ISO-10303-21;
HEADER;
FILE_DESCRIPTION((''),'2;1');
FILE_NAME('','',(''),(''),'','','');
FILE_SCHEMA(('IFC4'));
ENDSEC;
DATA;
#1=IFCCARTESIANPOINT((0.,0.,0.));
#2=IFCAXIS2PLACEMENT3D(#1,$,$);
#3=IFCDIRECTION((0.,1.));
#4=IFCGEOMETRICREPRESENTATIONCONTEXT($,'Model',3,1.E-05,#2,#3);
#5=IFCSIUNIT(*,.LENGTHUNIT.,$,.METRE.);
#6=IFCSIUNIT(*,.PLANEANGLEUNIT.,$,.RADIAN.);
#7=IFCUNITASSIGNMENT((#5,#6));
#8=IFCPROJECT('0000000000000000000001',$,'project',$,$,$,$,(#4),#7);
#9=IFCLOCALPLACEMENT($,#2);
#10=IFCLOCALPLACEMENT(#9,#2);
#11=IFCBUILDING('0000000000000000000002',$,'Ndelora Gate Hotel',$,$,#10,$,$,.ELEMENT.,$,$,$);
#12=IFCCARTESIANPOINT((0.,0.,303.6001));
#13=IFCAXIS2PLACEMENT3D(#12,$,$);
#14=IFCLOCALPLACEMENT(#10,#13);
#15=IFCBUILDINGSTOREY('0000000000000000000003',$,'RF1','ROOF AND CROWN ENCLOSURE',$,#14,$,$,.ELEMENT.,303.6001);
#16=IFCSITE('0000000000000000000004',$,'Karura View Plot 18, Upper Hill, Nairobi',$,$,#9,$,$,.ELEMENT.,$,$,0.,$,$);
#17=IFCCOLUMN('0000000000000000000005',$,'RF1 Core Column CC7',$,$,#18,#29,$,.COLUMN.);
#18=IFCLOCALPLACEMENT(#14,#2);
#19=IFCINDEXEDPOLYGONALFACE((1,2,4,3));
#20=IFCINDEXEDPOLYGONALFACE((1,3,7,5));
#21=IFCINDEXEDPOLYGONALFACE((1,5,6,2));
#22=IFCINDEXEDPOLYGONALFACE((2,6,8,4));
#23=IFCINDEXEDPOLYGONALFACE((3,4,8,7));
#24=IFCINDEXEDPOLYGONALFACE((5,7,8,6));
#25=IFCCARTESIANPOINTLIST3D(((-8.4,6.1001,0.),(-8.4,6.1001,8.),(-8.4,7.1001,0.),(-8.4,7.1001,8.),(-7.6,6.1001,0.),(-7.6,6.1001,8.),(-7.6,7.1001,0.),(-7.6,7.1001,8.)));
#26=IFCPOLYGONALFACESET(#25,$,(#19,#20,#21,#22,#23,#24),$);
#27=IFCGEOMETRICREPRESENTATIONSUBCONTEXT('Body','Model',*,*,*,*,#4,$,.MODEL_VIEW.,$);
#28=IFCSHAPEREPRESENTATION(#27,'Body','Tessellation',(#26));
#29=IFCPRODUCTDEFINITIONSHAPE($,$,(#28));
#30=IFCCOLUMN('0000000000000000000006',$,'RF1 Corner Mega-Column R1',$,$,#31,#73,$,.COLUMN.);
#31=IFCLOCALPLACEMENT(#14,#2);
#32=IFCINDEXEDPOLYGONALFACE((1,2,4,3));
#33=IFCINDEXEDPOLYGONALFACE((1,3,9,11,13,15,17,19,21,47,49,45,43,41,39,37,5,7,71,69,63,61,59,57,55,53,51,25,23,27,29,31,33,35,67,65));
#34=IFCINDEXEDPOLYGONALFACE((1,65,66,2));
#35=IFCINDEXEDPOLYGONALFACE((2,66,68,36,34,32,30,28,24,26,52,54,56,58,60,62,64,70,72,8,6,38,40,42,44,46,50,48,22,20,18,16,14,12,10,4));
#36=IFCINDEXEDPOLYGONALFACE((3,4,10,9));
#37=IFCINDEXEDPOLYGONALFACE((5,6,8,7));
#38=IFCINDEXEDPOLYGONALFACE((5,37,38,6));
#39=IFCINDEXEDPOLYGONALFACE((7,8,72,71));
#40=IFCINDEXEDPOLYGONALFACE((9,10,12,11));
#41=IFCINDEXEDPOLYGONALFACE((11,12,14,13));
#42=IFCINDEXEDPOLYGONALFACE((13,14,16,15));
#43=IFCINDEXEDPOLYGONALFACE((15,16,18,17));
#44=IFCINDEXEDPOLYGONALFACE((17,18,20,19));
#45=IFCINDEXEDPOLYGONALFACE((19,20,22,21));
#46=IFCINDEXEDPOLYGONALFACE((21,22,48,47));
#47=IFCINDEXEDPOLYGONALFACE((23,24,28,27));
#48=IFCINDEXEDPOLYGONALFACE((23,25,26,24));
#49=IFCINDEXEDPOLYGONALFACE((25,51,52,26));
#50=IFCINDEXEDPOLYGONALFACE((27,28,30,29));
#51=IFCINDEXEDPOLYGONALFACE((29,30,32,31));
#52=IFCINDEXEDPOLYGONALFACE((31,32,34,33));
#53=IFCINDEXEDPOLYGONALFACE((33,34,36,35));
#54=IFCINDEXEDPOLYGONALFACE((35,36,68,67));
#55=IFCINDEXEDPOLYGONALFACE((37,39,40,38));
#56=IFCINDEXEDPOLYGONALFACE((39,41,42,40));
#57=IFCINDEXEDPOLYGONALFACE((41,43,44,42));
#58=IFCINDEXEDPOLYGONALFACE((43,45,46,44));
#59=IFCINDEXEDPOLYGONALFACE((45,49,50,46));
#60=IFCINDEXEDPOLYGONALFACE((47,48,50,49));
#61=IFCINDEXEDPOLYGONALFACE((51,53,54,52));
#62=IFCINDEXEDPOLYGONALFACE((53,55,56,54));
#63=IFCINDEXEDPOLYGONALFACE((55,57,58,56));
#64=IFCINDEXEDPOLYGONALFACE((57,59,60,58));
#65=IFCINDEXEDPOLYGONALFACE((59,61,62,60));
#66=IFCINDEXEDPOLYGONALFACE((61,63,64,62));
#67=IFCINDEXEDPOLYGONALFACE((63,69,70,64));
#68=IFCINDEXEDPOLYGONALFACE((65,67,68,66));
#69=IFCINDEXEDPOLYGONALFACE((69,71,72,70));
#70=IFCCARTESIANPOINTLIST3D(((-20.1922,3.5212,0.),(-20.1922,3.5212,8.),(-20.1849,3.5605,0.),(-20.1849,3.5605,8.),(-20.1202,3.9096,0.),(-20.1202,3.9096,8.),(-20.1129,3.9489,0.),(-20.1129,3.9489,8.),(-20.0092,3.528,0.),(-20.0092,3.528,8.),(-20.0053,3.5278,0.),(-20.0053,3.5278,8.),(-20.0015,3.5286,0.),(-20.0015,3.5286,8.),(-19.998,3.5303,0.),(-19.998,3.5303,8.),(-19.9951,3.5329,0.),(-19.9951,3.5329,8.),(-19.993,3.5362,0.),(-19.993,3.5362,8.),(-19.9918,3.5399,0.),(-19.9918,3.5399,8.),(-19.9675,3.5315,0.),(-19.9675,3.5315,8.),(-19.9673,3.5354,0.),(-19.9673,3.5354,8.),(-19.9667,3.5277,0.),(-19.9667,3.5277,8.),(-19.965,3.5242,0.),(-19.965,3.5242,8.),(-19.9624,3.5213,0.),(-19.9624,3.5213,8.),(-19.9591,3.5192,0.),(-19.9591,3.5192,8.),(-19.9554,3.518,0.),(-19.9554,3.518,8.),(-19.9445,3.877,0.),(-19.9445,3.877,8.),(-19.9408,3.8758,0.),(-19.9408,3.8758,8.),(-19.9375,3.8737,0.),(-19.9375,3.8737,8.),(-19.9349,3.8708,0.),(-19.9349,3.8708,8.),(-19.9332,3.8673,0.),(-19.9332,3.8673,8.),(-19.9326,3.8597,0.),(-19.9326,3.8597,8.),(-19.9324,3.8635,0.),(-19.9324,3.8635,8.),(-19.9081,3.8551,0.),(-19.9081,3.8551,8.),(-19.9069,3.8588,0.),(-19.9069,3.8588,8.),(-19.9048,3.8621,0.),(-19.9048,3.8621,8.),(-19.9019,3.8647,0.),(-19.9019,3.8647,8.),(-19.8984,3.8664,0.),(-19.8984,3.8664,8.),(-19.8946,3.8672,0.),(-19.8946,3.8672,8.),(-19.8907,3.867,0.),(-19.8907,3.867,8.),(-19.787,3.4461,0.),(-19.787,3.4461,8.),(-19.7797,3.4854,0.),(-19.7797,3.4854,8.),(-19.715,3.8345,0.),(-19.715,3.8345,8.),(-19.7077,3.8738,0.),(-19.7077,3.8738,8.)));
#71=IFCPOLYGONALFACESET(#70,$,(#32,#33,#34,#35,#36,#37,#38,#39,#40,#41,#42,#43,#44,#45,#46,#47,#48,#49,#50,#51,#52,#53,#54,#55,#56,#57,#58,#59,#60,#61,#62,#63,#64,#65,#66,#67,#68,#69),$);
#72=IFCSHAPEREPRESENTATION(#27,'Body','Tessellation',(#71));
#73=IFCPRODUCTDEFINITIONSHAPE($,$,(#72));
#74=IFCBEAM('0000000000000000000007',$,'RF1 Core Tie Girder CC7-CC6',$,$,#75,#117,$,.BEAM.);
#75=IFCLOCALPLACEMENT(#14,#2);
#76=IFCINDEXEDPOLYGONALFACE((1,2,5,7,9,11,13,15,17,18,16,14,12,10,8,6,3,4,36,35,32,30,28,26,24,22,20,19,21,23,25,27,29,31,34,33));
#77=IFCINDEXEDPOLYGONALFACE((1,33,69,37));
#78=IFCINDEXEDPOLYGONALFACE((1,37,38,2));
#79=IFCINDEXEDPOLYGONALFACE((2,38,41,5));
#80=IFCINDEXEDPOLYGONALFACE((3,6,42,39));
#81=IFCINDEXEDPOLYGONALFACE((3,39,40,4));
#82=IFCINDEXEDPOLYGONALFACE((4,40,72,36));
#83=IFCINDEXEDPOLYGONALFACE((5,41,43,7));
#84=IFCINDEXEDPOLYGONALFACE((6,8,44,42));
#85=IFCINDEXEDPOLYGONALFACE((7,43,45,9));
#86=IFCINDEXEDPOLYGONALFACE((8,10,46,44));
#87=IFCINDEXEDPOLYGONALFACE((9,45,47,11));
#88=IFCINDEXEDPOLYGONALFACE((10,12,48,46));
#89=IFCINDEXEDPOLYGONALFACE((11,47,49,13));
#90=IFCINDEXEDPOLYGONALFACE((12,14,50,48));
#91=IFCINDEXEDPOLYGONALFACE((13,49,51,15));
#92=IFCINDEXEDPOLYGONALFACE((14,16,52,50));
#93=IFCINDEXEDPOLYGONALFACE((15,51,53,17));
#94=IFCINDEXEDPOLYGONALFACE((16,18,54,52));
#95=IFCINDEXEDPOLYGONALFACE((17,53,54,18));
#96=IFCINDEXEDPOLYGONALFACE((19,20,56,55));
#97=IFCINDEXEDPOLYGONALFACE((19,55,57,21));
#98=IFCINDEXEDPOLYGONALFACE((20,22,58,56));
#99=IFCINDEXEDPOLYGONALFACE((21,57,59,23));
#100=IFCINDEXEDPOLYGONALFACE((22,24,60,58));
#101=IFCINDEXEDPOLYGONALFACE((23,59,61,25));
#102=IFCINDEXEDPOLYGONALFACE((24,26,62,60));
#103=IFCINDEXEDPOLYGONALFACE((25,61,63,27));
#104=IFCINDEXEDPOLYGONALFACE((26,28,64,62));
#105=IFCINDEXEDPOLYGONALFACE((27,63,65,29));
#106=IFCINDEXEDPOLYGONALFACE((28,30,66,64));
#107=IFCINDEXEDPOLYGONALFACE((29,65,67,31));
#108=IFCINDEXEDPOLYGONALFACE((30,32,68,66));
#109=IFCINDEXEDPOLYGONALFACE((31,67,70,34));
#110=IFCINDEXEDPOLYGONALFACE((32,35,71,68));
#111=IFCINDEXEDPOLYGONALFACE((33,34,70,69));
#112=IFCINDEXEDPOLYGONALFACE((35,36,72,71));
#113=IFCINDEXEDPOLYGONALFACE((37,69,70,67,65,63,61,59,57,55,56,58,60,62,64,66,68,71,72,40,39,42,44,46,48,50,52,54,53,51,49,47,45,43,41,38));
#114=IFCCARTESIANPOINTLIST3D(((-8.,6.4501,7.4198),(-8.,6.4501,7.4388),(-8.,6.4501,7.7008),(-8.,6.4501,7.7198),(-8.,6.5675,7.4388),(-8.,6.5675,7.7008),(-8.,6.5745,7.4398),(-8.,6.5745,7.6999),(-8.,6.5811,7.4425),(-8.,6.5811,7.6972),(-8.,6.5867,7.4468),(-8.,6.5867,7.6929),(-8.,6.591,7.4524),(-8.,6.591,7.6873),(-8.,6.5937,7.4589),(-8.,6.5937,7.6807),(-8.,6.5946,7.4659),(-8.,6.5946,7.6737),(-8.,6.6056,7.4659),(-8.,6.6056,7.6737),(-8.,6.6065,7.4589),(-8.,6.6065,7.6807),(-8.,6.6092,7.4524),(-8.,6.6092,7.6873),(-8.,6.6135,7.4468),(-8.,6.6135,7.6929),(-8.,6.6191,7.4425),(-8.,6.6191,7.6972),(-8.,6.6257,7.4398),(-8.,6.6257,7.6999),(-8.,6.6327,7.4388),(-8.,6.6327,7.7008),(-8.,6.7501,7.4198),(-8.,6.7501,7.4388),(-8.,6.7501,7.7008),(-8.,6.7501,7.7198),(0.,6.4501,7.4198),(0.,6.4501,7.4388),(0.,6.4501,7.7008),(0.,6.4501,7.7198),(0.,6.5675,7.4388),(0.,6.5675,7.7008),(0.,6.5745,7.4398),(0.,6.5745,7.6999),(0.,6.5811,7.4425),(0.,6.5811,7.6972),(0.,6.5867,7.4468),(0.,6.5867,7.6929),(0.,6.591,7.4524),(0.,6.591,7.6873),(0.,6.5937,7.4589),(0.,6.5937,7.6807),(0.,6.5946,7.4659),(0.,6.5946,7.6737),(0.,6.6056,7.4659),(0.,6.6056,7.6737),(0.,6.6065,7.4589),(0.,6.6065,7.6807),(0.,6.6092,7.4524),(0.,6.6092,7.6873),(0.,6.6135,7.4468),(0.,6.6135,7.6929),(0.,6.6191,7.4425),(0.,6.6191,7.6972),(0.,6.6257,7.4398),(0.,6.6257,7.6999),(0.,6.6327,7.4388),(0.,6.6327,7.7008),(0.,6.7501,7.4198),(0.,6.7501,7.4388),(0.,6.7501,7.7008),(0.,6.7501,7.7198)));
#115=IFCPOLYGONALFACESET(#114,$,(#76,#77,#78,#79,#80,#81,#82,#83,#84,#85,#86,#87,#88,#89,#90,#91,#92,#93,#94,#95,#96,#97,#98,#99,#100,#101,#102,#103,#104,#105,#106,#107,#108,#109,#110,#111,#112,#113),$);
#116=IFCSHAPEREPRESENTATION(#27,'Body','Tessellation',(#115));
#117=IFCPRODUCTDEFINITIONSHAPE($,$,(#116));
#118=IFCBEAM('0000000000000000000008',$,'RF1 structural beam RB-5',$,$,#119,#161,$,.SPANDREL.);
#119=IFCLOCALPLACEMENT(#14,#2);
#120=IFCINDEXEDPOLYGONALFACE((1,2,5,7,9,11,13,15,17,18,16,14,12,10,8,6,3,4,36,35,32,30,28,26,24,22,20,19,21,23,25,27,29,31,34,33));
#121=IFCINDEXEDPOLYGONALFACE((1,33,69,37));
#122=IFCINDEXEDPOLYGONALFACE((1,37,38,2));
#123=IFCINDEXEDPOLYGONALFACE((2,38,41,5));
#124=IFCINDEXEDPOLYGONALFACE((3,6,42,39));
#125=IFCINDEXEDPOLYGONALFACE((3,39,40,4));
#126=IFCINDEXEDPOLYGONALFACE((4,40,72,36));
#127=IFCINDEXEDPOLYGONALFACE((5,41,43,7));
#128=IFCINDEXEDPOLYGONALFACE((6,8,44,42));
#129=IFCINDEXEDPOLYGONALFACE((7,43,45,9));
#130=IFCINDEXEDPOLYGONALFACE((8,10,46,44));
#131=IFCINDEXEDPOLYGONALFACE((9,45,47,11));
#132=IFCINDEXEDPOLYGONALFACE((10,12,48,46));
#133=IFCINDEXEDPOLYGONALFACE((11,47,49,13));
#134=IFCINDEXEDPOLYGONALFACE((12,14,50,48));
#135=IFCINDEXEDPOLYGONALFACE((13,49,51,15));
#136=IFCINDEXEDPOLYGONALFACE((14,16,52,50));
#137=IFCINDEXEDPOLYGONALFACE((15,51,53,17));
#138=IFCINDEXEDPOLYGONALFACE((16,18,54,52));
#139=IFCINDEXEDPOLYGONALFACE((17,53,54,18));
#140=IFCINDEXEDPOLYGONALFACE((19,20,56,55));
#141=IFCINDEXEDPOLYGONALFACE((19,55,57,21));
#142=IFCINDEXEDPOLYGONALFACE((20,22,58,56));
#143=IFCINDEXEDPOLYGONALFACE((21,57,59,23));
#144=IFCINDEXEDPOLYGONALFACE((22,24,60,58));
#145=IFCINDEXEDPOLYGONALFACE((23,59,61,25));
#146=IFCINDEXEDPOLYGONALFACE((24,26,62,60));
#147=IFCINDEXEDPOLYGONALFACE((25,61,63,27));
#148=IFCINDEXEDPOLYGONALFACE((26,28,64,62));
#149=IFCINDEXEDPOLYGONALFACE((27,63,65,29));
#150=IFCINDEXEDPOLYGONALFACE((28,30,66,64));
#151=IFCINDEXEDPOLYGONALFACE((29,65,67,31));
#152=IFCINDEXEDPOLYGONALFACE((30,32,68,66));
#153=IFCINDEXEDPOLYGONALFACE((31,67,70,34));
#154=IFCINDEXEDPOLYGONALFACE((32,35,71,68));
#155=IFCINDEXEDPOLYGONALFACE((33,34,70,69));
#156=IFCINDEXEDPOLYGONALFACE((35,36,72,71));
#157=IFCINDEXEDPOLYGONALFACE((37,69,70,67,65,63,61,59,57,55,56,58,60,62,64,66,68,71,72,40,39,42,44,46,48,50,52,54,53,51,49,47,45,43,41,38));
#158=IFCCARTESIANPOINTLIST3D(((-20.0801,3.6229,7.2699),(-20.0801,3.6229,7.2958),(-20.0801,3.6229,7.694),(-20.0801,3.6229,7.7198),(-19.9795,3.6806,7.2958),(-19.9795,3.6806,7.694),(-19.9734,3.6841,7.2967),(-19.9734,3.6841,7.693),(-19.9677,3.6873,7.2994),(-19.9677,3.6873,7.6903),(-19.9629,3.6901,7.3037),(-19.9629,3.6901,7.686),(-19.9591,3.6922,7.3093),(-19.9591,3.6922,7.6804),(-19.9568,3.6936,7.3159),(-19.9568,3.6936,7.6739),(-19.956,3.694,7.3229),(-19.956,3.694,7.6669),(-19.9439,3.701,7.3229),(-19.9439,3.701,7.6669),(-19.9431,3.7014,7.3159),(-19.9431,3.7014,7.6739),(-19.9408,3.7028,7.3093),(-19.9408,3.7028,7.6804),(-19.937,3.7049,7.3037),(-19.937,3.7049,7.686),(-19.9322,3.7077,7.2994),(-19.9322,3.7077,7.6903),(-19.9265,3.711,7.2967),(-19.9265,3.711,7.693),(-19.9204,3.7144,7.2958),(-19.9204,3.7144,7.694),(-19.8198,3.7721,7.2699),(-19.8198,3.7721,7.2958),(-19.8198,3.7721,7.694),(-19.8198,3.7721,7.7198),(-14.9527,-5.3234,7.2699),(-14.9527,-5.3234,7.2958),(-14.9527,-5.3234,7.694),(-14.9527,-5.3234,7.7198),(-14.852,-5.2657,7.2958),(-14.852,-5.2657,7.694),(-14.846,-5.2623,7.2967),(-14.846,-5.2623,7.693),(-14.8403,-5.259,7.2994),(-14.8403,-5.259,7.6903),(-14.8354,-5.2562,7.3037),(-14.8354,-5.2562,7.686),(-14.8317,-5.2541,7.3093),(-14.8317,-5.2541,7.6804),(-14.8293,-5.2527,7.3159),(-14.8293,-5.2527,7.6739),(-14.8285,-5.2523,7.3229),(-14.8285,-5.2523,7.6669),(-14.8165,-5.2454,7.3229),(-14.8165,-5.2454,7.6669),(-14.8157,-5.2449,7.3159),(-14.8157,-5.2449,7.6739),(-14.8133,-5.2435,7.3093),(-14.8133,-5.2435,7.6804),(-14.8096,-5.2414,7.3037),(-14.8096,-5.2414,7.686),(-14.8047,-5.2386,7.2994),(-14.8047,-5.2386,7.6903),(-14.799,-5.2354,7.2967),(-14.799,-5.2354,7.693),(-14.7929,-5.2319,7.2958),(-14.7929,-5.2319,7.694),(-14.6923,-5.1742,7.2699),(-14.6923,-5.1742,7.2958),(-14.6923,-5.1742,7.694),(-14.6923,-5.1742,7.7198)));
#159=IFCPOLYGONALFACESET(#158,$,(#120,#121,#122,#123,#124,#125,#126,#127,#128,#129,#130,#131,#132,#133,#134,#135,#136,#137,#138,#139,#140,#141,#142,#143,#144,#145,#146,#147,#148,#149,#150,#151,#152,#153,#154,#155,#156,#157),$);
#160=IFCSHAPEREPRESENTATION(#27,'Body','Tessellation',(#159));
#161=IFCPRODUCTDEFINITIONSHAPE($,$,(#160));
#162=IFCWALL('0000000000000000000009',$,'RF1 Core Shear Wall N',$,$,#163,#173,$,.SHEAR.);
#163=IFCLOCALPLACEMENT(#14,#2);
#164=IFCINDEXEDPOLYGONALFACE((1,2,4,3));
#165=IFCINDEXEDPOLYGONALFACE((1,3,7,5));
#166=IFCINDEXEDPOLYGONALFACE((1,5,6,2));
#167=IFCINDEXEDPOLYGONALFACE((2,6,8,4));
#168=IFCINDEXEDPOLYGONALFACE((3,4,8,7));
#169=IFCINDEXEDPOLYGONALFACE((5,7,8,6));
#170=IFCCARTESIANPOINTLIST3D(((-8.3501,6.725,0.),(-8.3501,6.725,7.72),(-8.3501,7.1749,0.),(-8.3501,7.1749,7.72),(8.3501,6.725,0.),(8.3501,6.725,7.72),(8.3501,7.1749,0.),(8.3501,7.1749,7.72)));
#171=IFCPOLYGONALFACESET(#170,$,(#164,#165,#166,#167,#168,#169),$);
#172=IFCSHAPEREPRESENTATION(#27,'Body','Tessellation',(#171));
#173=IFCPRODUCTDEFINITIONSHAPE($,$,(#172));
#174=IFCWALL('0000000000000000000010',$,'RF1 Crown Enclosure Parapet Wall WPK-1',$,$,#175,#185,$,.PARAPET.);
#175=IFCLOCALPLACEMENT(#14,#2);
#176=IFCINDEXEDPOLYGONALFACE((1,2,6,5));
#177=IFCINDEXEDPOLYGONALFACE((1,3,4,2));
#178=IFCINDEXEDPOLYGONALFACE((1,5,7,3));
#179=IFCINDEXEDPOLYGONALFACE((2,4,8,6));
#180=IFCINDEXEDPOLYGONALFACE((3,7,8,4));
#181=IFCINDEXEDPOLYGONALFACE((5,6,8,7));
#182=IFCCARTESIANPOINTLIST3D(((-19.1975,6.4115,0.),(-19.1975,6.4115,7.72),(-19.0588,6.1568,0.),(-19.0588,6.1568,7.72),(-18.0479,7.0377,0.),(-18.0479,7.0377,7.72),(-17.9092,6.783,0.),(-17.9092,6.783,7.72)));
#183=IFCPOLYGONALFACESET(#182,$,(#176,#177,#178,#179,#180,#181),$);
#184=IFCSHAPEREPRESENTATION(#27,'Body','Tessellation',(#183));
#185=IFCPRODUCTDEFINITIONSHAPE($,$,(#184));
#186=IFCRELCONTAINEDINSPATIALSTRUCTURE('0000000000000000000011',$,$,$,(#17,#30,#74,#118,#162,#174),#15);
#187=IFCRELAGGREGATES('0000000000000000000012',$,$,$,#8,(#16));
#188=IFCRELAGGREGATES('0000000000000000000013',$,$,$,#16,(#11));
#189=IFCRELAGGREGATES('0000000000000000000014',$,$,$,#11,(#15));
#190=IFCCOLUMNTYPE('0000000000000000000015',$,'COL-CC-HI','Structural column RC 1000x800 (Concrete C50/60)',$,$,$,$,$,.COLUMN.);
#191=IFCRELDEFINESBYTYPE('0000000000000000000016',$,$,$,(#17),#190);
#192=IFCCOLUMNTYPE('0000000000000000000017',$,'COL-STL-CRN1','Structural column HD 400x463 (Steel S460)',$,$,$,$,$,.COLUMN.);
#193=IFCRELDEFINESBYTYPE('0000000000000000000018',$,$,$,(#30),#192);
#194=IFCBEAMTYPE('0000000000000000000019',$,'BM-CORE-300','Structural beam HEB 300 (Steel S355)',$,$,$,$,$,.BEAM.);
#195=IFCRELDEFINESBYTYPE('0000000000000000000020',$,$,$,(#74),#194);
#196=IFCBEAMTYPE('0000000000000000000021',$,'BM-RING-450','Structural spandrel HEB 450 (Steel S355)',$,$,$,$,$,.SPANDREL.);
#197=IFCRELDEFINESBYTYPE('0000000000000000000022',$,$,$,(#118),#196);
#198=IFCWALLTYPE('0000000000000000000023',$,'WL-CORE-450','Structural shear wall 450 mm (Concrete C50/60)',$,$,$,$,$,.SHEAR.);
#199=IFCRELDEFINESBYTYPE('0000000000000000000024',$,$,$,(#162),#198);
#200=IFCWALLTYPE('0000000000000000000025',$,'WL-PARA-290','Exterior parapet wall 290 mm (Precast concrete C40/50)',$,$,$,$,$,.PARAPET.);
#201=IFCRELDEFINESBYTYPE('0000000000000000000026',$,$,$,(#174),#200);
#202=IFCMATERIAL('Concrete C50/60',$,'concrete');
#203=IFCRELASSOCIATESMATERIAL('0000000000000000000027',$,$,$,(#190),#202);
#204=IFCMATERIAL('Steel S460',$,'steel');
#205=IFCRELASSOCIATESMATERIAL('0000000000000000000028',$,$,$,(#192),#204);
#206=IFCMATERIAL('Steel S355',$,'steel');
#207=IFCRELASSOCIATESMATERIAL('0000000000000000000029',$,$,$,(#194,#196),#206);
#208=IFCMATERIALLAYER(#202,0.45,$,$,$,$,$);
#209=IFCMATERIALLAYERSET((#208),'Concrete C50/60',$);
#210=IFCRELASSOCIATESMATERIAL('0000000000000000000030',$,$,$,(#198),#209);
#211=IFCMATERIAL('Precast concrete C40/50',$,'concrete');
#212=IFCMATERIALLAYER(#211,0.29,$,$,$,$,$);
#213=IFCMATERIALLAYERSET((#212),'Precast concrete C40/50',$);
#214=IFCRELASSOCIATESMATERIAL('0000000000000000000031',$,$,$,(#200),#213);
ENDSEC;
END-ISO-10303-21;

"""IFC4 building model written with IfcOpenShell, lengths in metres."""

from ifc_helpers import new_model, si_unit, direction, frame, frame_2d, origin, origin_2d, place, context, subcontext, project, spatial, rectangle, i_section, extrude, material, layer, layer_set, material_profile, profile_set, type_object, element, save


model = new_model("IFC4")

# Units and contexts
model_context = context("Model", 3, precision=1e-05, world=origin(), true_north=direction((0.0, 1.0)))
body_context = subcontext(model_context, "Body", "Model", "MODEL_VIEW")
ifc_project = project(units=[si_unit("LENGTHUNIT", "METRE"), si_unit("PLANEANGLEUNIT", "RADIAN")], contexts=[model_context])

# Site, building, storey
site_placement = place(None, origin())
site = spatial("IfcSite", under=ifc_project, at=site_placement, Name="Karura View Plot 18, Upper Hill, Nairobi", CompositionType="ELEMENT", RefElevation=0.0)
building_placement = place(site_placement, origin())
building = spatial("IfcBuilding", under=site, at=building_placement, Name="Ndelora Gate Hotel", CompositionType="ELEMENT")
storey_placement = place(building_placement, frame((0.0, 0.0, 303.6001)))
storey = spatial("IfcBuildingStorey", under=building, at=storey_placement, Name="RF1", Description="ROOF AND CROWN ENCLOSURE", CompositionType="ELEMENT", Elevation=303.6001)

# Columns
ifc_material_1 = material(Name="Concrete C50/60", Category="concrete")
ifc_material_profile_1 = material_profile(ifc_material_1, rectangle(XDim=0.8, YDim=1.0, at=origin_2d()), Name="RC 1000x800")
ifc_profile_set_1 = profile_set([ifc_material_profile_1], Name="Concrete C50/60")
column_type_1 = type_object("IfcColumnType", Name="COL-CC-HI", Description="Structural column RC 1000x800 (Concrete C50/60)", PredefinedType="COLUMN", material=ifc_profile_set_1)
column_1_placement = place(storey_placement, frame((-8.0, 6.6001, 0.0), z_axis=(0.0, 0.0, 1.0), x_axis=(1.0, 0.0, 0.0)))
element("IfcColumn", 1, at=column_1_placement, inside=storey, type_object=column_type_1, Name="RF1 Core Column CC7", PredefinedType="COLUMN", context=body_context, shape_type="SweptSolid", body=[
    extrude(rectangle(XDim=0.8, YDim=1.0, at=origin_2d()), origin(), (0.0, 0.0, 1.0), 8.0),
])
ifc_material_2 = material(Name="Steel S460", Category="steel")
ifc_material_profile_2 = material_profile(ifc_material_2, i_section(OverallWidth=0.4121, OverallDepth=0.4351, WebThickness=0.0249, FlangeThickness=0.04, FilletRadius=0.0149, at=origin_2d()), Name="HD 400x463")
ifc_profile_set_2 = profile_set([ifc_material_profile_2], Name="Steel S460")
column_type_2 = type_object("IfcColumnType", Name="COL-STL-CRN1", Description="Structural column HD 400x463 (Steel S460)", PredefinedType="COLUMN", material=ifc_profile_set_2)
column_2_placement = place(storey_placement, frame((-19.95, 3.6975, 0.0), z_axis=(0.0, 0.0, 1.0), x_axis=(-0.983255, 0.182236, 0.0)))
element("IfcColumn", 2, at=column_2_placement, inside=storey, type_object=column_type_2, Name="RF1 Corner Mega-Column R1", PredefinedType="COLUMN", context=body_context, shape_type="SweptSolid", body=[
    extrude(i_section(OverallWidth=0.4121, OverallDepth=0.4351, WebThickness=0.0249, FlangeThickness=0.04, FilletRadius=0.0149, at=origin_2d()), origin(), (0.0, 0.0, 1.0), 8.0),
])

# Beams
ifc_material_3 = material(Name="Steel S355", Category="steel")
ifc_material_profile_3 = material_profile(ifc_material_3, i_section(OverallWidth=0.3, OverallDepth=0.3, WebThickness=0.011, FlangeThickness=0.019, FilletRadius=0.0271, at=origin_2d()), Name="HEB 300")
ifc_profile_set_3 = profile_set([ifc_material_profile_3], Name="Steel S355")
beam_type_1 = type_object("IfcBeamType", Name="BM-CORE-300", Description="Structural beam HEB 300 (Steel S355)", PredefinedType="BEAM", material=ifc_profile_set_3)
beam_1_placement = place(storey_placement, frame((-8.0, 6.6001, 7.5698), z_axis=(1.0, 0.0, 0.0), x_axis=(0.0, 1.0, 0.0)))
element("IfcBeam", 3, at=beam_1_placement, inside=storey, type_object=beam_type_1, Name="RF1 Core Tie Girder CC7-CC6", PredefinedType="BEAM", context=body_context, shape_type="SweptSolid", body=[
    extrude(i_section(OverallWidth=0.3, OverallDepth=0.3, WebThickness=0.011, FlangeThickness=0.019, FilletRadius=0.0271, at=origin_2d()), origin(), (0.0, 0.0, 1.0), 8.0),
])
ifc_material_profile_4 = material_profile(ifc_material_3, i_section(OverallWidth=0.3, OverallDepth=0.45, WebThickness=0.0139, FlangeThickness=0.0259, FilletRadius=0.0271, at=origin_2d()), Name="HEB 450")
ifc_profile_set_4 = profile_set([ifc_material_profile_4], Name="Steel S355")
beam_type_2 = type_object("IfcBeamType", Name="BM-RING-450", Description="Structural spandrel HEB 450 (Steel S355)", PredefinedType="SPANDREL", material=ifc_profile_set_4)
beam_2_placement = place(storey_placement, frame((-19.95, 3.6975, 7.4949), z_axis=(0.497255, -0.867604, 0.0), x_axis=(0.867604, 0.497255, 0.0)))
element("IfcBeam", 4, at=beam_2_placement, inside=storey, type_object=beam_type_2, Name="RF1 structural beam RB-5", PredefinedType="SPANDREL", context=body_context, shape_type="SweptSolid", body=[
    extrude(i_section(OverallWidth=0.3, OverallDepth=0.45, WebThickness=0.0139, FlangeThickness=0.0259, FilletRadius=0.0271, at=origin_2d()), origin(), (0.0, 0.0, 1.0), 10.3115),
])

# Walls
ifc_layer_1 = layer(ifc_material_1, 0.45)
ifc_layer_set_1 = layer_set([ifc_layer_1], Name="Concrete C50/60")
wall_type_1 = type_object("IfcWallType", Name="WL-CORE-450", Description="Structural shear wall 450 mm (Concrete C50/60)", PredefinedType="SHEAR", material=ifc_layer_set_1)
wall_1_placement = place(storey_placement, frame((-8.3501, 6.95, 0.0), z_axis=(0.0, 0.0, 1.0), x_axis=(1.0, 0.0, 0.0)))
element("IfcWall", 5, at=wall_1_placement, inside=storey, type_object=wall_type_1, Name="RF1 Core Shear Wall N", PredefinedType="SHEAR", context=body_context, shape_type="SweptSolid", body=[
    extrude(rectangle(XDim=16.7002, YDim=0.45, at=frame_2d((8.3501, 0.0))), origin(), (0.0, 0.0, 1.0), 7.72),
])
ifc_material_4 = material(Name="Precast concrete C40/50", Category="concrete")
ifc_layer_2 = layer(ifc_material_4, 0.29)
ifc_layer_set_2 = layer_set([ifc_layer_2], Name="Precast concrete C40/50")
wall_type_2 = type_object("IfcWallType", Name="WL-PARA-290", Description="Exterior parapet wall 290 mm (Precast concrete C40/50)", PredefinedType="PARAPET", material=ifc_layer_set_2)
wall_2_placement = place(storey_placement, frame((-19.1282, 6.2842, 0.0), z_axis=(0.0, 0.0, 1.0), x_axis=(0.878173, 0.478342, 0.0)))
element("IfcWall", 6, at=wall_2_placement, inside=storey, type_object=wall_type_2, Name="RF1 Crown Enclosure Parapet Wall WPK-1", PredefinedType="PARAPET", context=body_context, shape_type="SweptSolid", body=[
    extrude(rectangle(XDim=1.3091, YDim=0.29, at=frame_2d((0.6545, 0.0))), origin(), (0.0, 0.0, 1.0), 7.72),
])

save(model, "model.ifc")
